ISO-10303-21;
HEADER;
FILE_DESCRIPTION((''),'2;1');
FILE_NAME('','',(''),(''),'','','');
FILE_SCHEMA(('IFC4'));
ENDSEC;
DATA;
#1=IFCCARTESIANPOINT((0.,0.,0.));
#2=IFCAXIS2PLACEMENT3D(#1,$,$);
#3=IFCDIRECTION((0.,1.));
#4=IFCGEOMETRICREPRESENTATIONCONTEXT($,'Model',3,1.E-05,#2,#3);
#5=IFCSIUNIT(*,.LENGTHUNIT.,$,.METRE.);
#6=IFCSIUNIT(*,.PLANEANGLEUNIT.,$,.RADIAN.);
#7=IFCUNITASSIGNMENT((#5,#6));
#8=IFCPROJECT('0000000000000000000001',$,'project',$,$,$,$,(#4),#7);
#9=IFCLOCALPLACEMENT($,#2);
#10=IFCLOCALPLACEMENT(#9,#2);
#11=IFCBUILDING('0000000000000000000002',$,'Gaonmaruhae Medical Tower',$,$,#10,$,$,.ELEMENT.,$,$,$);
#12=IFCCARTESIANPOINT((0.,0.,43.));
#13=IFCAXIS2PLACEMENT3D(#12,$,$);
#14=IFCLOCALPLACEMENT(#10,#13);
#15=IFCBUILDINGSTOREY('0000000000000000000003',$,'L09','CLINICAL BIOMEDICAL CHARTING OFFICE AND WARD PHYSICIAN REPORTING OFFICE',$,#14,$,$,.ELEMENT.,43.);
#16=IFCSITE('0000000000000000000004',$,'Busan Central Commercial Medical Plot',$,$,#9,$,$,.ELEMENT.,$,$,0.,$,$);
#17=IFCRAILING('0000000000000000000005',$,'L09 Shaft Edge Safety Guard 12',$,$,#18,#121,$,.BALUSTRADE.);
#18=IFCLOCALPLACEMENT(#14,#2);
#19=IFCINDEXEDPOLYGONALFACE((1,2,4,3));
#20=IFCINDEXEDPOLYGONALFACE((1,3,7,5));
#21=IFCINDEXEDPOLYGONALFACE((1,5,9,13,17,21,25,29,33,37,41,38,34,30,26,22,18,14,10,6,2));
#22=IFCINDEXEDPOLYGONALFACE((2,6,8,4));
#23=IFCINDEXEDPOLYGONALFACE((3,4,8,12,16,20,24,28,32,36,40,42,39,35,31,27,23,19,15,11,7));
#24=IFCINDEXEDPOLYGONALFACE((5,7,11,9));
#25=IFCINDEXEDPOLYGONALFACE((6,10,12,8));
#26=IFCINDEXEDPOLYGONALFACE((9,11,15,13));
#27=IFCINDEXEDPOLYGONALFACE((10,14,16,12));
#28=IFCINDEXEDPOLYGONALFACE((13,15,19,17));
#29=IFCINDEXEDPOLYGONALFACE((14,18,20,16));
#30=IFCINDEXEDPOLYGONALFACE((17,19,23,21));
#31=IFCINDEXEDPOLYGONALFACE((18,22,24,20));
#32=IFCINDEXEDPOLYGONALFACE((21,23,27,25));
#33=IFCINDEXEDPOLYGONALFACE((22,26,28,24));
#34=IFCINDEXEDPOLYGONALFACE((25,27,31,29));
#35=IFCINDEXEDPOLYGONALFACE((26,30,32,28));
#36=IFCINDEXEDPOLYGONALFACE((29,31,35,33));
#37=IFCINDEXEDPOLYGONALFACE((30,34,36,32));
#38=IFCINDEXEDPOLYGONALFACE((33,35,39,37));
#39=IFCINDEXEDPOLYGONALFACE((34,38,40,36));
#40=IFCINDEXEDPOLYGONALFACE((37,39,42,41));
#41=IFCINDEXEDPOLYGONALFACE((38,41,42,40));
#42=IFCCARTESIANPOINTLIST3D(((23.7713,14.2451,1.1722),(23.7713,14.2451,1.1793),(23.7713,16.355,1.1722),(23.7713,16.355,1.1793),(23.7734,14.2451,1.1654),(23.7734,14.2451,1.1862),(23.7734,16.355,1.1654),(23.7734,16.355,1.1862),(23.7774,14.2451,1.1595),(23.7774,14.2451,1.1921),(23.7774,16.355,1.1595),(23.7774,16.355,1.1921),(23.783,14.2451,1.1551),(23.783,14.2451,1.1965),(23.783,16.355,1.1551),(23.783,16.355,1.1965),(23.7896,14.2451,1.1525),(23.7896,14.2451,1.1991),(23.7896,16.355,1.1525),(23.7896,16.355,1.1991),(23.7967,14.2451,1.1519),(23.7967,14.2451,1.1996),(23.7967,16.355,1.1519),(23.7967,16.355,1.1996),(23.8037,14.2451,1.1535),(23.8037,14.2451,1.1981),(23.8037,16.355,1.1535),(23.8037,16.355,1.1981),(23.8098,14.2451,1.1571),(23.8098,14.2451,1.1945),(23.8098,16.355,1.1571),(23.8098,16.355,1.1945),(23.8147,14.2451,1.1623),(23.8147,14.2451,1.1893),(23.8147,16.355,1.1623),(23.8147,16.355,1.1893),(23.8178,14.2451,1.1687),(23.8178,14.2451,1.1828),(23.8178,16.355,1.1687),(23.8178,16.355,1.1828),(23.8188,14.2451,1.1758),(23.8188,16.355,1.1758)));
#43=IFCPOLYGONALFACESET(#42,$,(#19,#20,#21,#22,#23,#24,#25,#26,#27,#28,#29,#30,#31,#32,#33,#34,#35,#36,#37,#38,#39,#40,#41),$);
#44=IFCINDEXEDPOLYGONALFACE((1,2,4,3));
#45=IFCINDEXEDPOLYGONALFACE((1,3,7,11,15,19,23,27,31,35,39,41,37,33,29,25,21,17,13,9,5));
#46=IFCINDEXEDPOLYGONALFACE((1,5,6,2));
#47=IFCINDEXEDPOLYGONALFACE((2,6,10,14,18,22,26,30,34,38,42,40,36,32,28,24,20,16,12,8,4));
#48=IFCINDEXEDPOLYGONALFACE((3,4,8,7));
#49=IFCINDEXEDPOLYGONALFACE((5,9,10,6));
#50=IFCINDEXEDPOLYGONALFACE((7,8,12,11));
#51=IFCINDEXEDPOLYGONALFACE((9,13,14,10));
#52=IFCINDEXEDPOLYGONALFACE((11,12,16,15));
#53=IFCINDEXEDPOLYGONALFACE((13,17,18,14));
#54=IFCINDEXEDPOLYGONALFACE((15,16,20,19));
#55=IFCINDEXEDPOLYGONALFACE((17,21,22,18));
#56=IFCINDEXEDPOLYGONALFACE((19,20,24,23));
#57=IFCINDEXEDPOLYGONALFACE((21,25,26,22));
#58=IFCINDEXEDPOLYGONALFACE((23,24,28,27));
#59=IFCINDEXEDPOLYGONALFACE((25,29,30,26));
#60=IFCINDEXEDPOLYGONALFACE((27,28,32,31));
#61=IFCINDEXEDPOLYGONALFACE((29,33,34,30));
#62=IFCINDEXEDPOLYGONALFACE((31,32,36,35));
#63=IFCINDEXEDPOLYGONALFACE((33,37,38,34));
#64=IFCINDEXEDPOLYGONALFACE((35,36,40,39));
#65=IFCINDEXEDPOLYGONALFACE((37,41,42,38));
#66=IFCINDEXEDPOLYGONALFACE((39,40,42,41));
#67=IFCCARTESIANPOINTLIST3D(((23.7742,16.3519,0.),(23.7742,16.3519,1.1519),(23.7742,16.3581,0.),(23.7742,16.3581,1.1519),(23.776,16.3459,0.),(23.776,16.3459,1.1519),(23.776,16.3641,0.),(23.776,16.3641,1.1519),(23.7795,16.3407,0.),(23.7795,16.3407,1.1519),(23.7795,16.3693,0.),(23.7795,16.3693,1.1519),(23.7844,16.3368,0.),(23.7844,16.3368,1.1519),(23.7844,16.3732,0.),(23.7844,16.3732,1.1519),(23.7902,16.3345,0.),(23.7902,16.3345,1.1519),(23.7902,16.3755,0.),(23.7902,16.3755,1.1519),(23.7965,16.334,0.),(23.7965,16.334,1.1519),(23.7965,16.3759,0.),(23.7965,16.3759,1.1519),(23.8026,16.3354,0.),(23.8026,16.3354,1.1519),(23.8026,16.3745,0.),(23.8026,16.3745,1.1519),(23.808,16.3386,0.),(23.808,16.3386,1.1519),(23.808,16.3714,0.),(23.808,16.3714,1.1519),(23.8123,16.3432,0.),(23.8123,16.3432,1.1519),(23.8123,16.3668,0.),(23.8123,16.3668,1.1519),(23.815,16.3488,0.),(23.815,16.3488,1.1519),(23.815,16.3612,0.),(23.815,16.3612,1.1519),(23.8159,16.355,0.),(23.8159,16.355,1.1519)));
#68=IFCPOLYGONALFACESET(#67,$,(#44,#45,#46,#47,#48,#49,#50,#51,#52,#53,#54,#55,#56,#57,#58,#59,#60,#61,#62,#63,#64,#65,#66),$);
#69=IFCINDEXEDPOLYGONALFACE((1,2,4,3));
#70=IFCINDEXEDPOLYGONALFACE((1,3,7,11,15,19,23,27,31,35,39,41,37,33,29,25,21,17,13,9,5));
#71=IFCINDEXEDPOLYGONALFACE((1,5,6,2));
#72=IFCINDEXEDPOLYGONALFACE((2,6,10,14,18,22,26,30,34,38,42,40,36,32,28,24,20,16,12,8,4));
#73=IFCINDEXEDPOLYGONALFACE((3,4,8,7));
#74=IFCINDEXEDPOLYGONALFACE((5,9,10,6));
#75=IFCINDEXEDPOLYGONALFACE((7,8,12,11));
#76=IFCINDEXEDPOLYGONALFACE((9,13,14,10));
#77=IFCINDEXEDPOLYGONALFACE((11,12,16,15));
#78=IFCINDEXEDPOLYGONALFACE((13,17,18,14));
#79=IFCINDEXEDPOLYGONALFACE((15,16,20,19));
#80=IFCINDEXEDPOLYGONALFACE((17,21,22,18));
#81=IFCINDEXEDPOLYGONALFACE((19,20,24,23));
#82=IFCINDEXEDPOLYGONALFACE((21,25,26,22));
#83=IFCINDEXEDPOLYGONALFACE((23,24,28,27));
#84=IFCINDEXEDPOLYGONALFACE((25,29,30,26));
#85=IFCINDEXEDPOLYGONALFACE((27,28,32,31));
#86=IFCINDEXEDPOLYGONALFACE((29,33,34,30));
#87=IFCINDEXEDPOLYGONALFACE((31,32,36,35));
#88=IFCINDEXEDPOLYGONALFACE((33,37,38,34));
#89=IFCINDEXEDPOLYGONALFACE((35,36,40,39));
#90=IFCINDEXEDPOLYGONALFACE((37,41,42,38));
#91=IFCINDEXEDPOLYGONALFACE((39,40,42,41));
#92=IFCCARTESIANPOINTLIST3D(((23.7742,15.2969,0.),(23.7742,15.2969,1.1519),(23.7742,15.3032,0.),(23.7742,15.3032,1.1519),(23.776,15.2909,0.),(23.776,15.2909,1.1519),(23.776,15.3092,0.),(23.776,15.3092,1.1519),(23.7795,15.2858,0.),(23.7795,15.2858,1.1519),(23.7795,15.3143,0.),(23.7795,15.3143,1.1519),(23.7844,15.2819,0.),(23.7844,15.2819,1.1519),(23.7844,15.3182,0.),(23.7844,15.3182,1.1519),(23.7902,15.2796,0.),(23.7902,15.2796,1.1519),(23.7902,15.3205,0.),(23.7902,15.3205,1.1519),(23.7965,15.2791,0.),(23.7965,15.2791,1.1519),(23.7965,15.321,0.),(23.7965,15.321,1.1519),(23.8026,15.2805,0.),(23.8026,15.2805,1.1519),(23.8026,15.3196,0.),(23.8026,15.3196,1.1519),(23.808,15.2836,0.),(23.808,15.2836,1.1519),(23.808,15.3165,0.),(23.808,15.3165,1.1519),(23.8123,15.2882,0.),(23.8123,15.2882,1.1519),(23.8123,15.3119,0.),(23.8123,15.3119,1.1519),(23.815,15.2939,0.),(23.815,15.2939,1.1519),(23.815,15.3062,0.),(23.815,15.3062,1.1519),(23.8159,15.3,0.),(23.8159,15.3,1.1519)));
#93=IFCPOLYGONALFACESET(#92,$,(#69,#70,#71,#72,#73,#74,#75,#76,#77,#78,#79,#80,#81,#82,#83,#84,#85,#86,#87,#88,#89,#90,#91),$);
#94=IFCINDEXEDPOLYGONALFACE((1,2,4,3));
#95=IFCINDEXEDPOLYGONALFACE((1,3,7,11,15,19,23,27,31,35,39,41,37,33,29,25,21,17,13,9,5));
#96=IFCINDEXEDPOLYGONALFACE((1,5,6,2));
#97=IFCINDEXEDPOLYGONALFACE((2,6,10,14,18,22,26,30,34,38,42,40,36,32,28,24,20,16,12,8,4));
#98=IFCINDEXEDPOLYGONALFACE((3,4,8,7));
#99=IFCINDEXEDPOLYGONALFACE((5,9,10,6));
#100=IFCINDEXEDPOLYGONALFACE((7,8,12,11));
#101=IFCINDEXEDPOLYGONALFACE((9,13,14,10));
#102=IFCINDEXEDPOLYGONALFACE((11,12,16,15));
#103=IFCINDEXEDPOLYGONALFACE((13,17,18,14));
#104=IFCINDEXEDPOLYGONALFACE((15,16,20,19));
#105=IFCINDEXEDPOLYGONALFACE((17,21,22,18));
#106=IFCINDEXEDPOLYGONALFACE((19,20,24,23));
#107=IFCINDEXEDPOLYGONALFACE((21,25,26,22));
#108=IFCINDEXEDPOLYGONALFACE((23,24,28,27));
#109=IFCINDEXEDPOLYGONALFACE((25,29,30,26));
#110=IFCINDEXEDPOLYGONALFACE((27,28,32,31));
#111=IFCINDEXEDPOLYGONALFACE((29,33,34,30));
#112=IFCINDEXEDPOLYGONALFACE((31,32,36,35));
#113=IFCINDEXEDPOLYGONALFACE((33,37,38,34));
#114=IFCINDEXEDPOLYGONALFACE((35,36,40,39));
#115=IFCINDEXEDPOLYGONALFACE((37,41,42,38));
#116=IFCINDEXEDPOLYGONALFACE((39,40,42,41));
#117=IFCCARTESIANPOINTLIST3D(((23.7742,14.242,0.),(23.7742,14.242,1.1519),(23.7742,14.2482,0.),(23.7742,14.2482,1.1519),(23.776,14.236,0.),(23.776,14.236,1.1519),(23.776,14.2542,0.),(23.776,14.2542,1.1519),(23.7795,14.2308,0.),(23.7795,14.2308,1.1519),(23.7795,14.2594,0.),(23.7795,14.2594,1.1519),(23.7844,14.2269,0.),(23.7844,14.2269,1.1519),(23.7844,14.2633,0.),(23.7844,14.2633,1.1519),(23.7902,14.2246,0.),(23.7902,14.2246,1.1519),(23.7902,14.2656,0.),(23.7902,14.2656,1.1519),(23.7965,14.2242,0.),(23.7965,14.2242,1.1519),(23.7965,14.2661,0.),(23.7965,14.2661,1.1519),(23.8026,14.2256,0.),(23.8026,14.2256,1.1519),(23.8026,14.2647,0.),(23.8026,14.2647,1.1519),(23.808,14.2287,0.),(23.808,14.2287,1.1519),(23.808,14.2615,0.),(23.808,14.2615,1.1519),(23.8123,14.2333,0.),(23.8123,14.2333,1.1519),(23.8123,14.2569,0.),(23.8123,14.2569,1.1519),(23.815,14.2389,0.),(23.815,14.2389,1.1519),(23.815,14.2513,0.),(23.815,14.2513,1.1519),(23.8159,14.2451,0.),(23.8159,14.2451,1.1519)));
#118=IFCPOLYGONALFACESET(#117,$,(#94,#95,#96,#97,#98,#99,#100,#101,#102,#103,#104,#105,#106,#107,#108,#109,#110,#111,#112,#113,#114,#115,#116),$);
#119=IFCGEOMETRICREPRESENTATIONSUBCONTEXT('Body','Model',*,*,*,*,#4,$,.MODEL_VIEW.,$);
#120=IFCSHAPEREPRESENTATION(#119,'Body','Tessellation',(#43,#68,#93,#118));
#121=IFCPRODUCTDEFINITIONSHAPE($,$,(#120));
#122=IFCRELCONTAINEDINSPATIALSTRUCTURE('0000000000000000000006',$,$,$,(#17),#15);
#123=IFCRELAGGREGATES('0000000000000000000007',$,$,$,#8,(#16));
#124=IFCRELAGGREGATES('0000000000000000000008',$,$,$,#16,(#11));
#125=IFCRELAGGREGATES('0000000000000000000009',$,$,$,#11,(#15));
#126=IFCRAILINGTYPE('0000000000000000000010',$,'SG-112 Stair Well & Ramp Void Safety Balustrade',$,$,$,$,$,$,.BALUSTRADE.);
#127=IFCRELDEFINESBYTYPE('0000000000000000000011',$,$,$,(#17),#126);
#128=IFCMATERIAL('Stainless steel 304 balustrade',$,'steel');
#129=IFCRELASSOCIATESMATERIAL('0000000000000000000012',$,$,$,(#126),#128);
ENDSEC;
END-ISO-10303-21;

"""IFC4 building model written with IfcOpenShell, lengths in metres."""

from ifc_helpers import new_model, si_unit, direction, frame, origin, origin_2d, place, context, subcontext, project, spatial, circle, extrude, material, type_object, element, save


model = new_model("IFC4")

# Units and contexts
model_context = context("Model", 3, precision=1e-05, world=origin(), true_north=direction((0.0, 1.0)))
body_context = subcontext(model_context, "Body", "Model", "MODEL_VIEW")
ifc_project = project(units=[si_unit("LENGTHUNIT", "METRE"), si_unit("PLANEANGLEUNIT", "RADIAN")], contexts=[model_context])

# Site, building, storey
site_placement = place(None, origin())
site = spatial("IfcSite", under=ifc_project, at=site_placement, Name="Busan Central Commercial Medical Plot", CompositionType="ELEMENT", RefElevation=0.0)
building_placement = place(site_placement, origin())
building = spatial("IfcBuilding", under=site, at=building_placement, Name="Gaonmaruhae Medical Tower", CompositionType="ELEMENT")
storey_placement = place(building_placement, frame((0.0, 0.0, 43.0)))
storey = spatial("IfcBuildingStorey", under=building, at=storey_placement, Name="L09", Description="CLINICAL BIOMEDICAL CHARTING OFFICE AND WARD PHYSICIAN REPORTING OFFICE", CompositionType="ELEMENT", Elevation=43.0)

# Railing
ifc_material_1 = material(Name="Stainless steel 304 balustrade", Category="steel")
railing_type_1 = type_object("IfcRailingType", Name="SG-112 Stair Well & Ramp Void Safety Balustrade", PredefinedType="BALUSTRADE", material=ifc_material_1)
railing_1_placement = place(storey_placement, frame((23.7949, 16.355, 0.0)))
element("IfcRailing", 1, at=railing_1_placement, inside=storey, type_object=railing_type_1, Name="L09 Shaft Edge Safety Guard 12", PredefinedType="BALUSTRADE", context=body_context, shape_type="SweptSolid", body=[
    extrude(circle(Radius=0.0239, at=origin_2d()), frame((0.0, 0.0, 1.1758), z_axis=(0.0, -1.0, 0.0), x_axis=(1.0, 0.0, 0.0)), (0.0, 0.0, 1.0), 2.1099),
    extrude(circle(Radius=0.021, at=origin_2d()), origin(), (0.0, 0.0, 1.0), 1.1519),
    extrude(circle(Radius=0.021, at=origin_2d()), frame((0.0, -1.0549, 0.0)), (0.0, 0.0, 1.0), 1.1519),
    extrude(circle(Radius=0.021, at=origin_2d()), frame((0.0, -2.1099, 0.0)), (0.0, 0.0, 1.0), 1.1519),
])

save(model, "model.ifc")
